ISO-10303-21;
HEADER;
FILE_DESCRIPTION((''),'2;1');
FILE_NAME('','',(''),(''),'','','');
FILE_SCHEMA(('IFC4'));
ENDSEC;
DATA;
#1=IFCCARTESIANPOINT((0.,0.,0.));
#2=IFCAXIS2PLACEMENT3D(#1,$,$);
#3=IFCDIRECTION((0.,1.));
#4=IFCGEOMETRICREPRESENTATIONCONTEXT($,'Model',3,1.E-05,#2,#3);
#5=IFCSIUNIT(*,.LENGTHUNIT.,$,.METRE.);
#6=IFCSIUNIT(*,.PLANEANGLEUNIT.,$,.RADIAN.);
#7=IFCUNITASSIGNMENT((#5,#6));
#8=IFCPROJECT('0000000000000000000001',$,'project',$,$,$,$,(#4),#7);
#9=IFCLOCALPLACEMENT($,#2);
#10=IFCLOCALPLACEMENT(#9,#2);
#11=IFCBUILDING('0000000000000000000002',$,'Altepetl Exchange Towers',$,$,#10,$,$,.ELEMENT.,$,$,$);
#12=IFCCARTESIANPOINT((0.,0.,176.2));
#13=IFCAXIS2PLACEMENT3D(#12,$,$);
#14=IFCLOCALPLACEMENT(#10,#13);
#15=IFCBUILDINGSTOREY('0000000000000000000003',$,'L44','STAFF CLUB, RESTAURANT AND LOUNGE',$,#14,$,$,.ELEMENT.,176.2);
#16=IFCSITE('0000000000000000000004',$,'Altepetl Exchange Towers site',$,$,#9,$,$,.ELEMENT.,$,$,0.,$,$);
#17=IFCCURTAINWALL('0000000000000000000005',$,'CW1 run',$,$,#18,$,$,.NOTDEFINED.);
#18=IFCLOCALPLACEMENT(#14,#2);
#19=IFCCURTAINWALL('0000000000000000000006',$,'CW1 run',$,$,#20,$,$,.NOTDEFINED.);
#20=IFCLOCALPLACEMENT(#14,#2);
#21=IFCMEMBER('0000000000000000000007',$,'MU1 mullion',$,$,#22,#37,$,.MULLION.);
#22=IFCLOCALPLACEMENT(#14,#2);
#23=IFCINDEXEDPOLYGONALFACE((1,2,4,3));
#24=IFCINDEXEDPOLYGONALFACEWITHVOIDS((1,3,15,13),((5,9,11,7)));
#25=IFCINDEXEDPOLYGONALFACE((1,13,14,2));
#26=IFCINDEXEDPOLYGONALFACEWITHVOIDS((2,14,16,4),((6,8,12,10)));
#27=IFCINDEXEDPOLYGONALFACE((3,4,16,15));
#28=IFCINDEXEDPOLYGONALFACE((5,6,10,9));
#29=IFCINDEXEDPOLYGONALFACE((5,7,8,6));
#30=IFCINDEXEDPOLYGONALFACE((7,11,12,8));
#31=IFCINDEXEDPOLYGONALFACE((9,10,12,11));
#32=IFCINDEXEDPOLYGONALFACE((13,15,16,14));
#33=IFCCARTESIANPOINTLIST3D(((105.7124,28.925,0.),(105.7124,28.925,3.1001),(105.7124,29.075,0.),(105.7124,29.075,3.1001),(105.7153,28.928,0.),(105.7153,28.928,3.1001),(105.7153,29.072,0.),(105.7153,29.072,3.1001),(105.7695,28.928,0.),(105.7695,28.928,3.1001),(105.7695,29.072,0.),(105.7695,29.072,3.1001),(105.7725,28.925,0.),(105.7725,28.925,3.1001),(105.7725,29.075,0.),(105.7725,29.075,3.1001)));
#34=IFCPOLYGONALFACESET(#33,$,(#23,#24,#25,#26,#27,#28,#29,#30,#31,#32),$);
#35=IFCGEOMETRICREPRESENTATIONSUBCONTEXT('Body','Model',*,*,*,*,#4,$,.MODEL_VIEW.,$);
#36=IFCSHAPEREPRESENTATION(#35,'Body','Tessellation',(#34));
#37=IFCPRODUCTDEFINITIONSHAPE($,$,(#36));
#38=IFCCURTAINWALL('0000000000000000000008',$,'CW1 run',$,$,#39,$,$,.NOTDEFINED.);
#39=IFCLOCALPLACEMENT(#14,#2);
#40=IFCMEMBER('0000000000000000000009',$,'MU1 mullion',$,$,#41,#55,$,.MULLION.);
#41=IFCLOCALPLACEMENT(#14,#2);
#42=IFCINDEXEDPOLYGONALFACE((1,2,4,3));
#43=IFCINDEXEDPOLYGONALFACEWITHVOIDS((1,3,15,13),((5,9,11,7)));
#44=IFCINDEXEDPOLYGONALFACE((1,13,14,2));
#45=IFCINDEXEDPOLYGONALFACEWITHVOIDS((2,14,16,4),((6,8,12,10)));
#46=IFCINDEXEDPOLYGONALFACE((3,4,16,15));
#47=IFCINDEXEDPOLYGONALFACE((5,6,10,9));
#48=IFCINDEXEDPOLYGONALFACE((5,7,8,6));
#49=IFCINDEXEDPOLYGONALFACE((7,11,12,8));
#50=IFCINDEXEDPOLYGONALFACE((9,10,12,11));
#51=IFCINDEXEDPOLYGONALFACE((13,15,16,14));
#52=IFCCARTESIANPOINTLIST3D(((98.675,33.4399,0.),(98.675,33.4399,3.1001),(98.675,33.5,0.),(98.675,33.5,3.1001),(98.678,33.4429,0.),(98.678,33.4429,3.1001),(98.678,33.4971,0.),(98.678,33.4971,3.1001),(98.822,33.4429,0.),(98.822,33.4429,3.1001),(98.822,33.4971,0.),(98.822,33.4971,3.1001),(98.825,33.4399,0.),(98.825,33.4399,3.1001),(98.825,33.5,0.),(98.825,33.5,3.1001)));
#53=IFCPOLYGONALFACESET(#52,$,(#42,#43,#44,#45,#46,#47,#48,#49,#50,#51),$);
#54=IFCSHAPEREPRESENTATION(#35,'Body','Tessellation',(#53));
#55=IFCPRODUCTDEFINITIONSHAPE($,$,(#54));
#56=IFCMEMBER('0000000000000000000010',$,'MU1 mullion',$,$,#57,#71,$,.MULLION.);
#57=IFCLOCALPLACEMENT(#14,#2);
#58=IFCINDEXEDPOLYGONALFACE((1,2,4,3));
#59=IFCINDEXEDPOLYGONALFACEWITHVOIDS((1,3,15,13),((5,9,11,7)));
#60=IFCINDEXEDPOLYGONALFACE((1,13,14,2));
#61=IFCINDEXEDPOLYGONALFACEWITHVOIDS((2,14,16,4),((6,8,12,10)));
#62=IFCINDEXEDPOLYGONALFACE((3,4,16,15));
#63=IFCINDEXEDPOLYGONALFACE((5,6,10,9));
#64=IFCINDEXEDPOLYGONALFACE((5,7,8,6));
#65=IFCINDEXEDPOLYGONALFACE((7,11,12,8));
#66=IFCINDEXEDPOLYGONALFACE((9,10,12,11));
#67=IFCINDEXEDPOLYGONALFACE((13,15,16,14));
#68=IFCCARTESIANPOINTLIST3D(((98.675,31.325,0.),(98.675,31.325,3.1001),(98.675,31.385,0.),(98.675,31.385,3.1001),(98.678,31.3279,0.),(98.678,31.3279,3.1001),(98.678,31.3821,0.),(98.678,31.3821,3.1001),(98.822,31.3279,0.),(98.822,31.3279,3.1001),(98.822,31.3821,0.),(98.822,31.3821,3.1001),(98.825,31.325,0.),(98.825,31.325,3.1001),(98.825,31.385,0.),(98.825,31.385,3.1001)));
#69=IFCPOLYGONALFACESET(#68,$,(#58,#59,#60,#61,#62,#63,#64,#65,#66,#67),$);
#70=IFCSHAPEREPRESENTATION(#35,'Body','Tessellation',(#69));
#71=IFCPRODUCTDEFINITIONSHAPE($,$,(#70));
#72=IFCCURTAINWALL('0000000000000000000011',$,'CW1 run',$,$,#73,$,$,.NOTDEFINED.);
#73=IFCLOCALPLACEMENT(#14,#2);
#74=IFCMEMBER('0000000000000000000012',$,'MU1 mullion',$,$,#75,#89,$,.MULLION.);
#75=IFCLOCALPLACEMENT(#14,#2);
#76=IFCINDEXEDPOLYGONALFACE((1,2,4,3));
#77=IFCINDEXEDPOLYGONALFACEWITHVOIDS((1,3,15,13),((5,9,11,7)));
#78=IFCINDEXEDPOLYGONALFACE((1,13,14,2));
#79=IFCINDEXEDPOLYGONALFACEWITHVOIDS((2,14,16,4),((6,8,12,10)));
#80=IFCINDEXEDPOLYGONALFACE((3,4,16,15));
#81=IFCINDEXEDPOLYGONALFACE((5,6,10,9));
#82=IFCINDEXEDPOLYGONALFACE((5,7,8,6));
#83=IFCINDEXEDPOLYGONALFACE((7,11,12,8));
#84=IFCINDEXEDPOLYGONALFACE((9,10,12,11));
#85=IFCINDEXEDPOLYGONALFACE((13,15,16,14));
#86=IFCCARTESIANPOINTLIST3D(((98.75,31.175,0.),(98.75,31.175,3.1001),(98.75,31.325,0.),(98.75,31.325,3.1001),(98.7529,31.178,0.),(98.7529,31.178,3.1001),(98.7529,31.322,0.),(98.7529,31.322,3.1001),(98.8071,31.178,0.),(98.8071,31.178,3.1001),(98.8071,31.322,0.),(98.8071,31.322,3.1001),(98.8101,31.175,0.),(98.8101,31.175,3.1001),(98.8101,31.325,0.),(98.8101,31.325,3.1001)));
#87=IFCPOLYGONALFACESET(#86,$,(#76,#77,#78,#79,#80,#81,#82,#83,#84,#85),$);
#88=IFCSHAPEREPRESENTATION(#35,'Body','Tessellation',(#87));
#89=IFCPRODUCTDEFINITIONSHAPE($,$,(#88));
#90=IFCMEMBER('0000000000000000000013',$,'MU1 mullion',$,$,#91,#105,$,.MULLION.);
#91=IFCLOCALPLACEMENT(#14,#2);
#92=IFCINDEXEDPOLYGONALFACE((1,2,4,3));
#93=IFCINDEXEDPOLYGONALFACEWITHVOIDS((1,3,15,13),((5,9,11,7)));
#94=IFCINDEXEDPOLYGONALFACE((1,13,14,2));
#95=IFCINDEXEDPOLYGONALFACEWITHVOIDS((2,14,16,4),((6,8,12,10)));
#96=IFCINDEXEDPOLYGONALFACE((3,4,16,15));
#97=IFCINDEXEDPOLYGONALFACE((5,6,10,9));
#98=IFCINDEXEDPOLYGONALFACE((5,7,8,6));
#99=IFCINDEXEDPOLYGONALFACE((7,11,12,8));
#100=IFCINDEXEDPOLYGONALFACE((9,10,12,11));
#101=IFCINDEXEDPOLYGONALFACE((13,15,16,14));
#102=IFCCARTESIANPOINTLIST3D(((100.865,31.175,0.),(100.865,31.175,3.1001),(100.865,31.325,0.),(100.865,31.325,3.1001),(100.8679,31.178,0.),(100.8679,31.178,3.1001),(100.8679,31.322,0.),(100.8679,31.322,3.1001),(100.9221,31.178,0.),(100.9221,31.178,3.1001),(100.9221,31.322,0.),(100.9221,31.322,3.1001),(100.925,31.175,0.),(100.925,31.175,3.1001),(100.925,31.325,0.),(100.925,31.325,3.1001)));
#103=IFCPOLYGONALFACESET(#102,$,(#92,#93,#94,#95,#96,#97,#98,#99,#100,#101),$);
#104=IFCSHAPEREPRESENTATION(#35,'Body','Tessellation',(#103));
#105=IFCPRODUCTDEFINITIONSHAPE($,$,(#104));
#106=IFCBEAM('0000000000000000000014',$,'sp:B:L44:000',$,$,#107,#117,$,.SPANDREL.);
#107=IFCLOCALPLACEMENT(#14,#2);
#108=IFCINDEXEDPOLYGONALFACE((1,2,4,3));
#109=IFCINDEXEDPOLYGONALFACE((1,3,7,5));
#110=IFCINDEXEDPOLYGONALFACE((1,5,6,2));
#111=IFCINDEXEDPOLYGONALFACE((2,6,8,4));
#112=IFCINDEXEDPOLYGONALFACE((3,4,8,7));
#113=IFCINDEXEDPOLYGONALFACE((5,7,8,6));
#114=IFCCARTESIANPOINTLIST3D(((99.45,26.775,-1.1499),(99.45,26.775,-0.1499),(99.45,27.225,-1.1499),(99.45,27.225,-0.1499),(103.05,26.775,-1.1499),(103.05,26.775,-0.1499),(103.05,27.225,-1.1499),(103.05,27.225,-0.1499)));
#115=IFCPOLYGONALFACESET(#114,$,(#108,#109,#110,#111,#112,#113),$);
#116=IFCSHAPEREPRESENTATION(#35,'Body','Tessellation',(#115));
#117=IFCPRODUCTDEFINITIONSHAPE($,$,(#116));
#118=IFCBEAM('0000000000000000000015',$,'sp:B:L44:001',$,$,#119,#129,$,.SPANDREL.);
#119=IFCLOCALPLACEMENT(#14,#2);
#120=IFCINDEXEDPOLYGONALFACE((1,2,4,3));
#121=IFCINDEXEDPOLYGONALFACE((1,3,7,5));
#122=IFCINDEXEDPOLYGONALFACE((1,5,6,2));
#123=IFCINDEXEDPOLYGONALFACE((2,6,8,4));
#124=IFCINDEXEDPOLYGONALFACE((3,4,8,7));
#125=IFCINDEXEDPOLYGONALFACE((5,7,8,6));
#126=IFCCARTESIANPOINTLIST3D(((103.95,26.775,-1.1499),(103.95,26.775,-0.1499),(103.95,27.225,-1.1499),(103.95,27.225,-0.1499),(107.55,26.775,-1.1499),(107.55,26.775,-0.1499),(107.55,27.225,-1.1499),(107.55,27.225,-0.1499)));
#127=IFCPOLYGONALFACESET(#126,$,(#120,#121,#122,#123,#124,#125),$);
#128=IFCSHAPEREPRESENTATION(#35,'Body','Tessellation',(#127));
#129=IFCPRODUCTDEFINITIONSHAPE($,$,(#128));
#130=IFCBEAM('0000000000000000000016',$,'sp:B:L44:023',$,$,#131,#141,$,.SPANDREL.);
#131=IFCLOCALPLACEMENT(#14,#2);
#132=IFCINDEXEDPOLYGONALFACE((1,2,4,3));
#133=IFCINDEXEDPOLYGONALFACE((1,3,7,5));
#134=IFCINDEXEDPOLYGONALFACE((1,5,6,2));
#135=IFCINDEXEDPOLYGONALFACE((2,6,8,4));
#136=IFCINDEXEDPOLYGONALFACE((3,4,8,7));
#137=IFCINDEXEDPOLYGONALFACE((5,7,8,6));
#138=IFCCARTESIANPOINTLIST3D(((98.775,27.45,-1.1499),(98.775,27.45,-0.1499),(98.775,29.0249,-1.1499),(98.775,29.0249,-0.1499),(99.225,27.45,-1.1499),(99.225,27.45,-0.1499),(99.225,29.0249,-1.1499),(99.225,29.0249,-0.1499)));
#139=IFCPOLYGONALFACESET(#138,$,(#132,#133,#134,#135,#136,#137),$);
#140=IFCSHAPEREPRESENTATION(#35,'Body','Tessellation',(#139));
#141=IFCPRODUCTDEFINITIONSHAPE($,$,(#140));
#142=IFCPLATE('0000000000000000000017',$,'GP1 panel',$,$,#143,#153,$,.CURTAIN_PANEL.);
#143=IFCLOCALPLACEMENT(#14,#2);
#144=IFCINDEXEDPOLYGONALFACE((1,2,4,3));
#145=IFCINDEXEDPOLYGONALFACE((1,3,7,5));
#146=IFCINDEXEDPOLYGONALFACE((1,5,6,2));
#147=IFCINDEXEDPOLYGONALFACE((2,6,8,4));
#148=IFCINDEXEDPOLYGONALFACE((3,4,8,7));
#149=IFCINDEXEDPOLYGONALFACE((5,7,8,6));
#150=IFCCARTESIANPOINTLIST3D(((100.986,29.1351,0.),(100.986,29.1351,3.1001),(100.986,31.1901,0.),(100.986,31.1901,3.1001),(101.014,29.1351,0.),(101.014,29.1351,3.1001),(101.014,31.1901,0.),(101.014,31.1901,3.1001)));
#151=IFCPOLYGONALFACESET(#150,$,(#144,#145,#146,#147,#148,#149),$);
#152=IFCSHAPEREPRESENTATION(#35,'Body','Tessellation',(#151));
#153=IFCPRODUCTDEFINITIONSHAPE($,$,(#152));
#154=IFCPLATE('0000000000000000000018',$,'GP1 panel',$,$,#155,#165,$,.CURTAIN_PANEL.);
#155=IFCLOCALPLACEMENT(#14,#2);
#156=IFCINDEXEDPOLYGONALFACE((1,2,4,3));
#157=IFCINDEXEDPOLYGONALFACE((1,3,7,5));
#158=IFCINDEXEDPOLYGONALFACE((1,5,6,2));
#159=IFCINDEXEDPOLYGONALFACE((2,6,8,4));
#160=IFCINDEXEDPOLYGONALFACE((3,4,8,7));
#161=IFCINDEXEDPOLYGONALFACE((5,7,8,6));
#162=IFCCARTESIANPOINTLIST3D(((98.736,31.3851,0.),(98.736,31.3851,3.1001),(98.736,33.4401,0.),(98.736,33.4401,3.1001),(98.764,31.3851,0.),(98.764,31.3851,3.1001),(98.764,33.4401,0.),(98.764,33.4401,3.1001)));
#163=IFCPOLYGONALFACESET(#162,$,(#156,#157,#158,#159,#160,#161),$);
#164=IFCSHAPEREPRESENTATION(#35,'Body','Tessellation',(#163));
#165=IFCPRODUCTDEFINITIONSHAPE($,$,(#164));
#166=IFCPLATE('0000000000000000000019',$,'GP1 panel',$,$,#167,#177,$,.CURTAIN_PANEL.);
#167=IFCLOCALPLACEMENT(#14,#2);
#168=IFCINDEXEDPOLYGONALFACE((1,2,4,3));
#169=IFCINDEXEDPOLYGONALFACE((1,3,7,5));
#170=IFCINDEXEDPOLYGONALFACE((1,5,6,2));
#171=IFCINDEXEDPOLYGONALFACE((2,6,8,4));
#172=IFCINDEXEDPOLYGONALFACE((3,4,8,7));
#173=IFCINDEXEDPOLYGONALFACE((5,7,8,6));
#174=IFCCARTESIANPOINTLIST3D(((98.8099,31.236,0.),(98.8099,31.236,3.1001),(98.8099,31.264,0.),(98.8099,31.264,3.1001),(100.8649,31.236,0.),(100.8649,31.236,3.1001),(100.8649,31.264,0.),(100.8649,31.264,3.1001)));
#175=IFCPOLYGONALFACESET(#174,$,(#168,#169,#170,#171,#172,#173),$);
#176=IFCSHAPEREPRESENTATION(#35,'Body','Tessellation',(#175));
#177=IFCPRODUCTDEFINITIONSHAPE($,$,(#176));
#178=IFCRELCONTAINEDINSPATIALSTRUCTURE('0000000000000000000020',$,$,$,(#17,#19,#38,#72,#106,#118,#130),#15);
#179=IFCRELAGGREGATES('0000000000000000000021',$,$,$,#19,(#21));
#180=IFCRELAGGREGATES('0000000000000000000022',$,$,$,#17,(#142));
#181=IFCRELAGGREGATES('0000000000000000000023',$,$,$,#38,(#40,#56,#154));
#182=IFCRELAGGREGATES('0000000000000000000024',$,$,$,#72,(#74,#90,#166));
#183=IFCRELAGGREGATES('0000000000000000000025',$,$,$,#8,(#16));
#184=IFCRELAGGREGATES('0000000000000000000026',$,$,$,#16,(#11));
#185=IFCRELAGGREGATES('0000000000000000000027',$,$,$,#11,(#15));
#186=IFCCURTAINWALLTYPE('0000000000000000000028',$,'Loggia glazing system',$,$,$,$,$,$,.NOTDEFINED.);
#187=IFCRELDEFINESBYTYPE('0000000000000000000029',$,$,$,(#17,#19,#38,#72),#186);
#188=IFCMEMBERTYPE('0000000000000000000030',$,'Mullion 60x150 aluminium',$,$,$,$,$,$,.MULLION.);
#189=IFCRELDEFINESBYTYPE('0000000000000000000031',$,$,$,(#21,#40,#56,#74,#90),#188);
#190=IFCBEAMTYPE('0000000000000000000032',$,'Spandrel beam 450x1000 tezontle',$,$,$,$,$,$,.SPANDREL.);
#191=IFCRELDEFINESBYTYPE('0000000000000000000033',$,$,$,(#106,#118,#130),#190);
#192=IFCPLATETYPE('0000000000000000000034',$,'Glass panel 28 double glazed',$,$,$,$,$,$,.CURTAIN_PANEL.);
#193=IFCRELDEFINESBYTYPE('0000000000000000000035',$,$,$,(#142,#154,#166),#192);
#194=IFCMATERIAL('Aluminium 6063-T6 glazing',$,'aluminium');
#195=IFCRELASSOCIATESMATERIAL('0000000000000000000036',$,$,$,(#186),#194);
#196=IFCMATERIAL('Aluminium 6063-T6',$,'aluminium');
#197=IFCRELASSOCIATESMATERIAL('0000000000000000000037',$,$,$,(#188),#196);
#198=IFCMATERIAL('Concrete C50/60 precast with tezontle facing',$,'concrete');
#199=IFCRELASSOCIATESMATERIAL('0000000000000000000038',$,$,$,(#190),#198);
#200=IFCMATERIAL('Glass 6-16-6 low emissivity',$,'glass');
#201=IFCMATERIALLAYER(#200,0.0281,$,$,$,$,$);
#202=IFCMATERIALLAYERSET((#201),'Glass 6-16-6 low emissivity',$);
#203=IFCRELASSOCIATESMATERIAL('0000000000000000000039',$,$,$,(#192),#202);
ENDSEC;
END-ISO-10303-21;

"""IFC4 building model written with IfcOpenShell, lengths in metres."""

from ifc_helpers import new_model, si_unit, direction, frame, origin, origin_2d, place, context, subcontext, project, spatial, rectangle, hollow_rectangle, extrude, material, layer, layer_set, material_profile, profile_set, type_object, element, aggregate, save


model = new_model("IFC4")

# Units and contexts
model_context = context("Model", 3, precision=1e-05, world=origin(), true_north=direction((0.0, 1.0)))
body_context = subcontext(model_context, "Body", "Model", "MODEL_VIEW")
ifc_project = project(units=[si_unit("LENGTHUNIT", "METRE"), si_unit("PLANEANGLEUNIT", "RADIAN")], contexts=[model_context])

# Site, building, storey
site_placement = place(None, origin())
site = spatial("IfcSite", under=ifc_project, at=site_placement, Name="Altepetl Exchange Towers site", CompositionType="ELEMENT", RefElevation=0.0)
building_placement = place(site_placement, origin())
building = spatial("IfcBuilding", under=site, at=building_placement, Name="Altepetl Exchange Towers", CompositionType="ELEMENT")
storey_placement = place(building_placement, frame((0.0, 0.0, 176.2)))
storey = spatial("IfcBuildingStorey", under=building, at=storey_placement, Name="L44", Description="STAFF CLUB, RESTAURANT AND LOUNGE", CompositionType="ELEMENT", Elevation=176.2)

# Curtain wall
ifc_material_1 = material(Name="Aluminium 6063-T6 glazing", Category="aluminium")
curtain_wall_type = type_object("IfcCurtainWallType", Name="Loggia glazing system", PredefinedType="NOTDEFINED", material=ifc_material_1)
curtain_wall_1_placement = place(storey_placement, origin())
curtain_wall_1 = element("IfcCurtainWall", 1, at=curtain_wall_1_placement, inside=storey, type_object=curtain_wall_type, Name="CW1 run", PredefinedType="NOTDEFINED")
ifc_material_2 = material(Name="Aluminium 6063-T6", Category="aluminium")
ifc_material_profile_1 = material_profile(ifc_material_2, hollow_rectangle(XDim=0.0601, YDim=0.1499, WallThickness=0.0029, at=origin_2d()), Name="Mullion 60x150 aluminium")
ifc_profile_set_1 = profile_set([ifc_material_profile_1], Name="Aluminium 6063-T6")
member_type = type_object("IfcMemberType", Name="Mullion 60x150 aluminium", PredefinedType="MULLION", material=ifc_profile_set_1)

# Curtain wall, member
curtain_wall_2_placement = place(storey_placement, origin())
curtain_wall_2 = element("IfcCurtainWall", 2, at=curtain_wall_2_placement, inside=storey, type_object=curtain_wall_type, Name="CW1 run", PredefinedType="NOTDEFINED")
member_1_placement = place(storey_placement, frame((105.7424, 29.0, 0.0)))
member_1 = element("IfcMember", 3, at=member_1_placement, type_object=member_type, Name="MU1 mullion", PredefinedType="MULLION", context=body_context, shape_type="SweptSolid", body=[
    extrude(hollow_rectangle(XDim=0.0601, YDim=0.1499, WallThickness=0.0029, at=origin_2d()), origin(), (0.0, 0.0, 1.0), 3.1001),
])
aggregate(curtain_wall_2, [member_1])

# Curtain walls, members
curtain_wall_3_placement = place(storey_placement, origin())
curtain_wall_3 = element("IfcCurtainWall", 4, at=curtain_wall_3_placement, inside=storey, type_object=curtain_wall_type, Name="CW1 run", PredefinedType="NOTDEFINED")
member_2_placement = place(storey_placement, frame((98.75, 33.47, 0.0), z_axis=(0.0, 0.0, 1.0), x_axis=(0.0, -1.0, 0.0)))
member_2 = element("IfcMember", 5, at=member_2_placement, type_object=member_type, Name="MU1 mullion", PredefinedType="MULLION", context=body_context, shape_type="SweptSolid", body=[
    extrude(hollow_rectangle(XDim=0.0601, YDim=0.1499, WallThickness=0.0029, at=origin_2d()), origin(), (0.0, 0.0, 1.0), 3.1001),
])
member_3_placement = place(storey_placement, frame((98.75, 31.355, 0.0), z_axis=(0.0, 0.0, 1.0), x_axis=(0.0, -1.0, 0.0)))
member_3 = element("IfcMember", 6, at=member_3_placement, type_object=member_type, Name="MU1 mullion", PredefinedType="MULLION", context=body_context, shape_type="SweptSolid", body=[
    extrude(hollow_rectangle(XDim=0.0601, YDim=0.1499, WallThickness=0.0029, at=origin_2d()), origin(), (0.0, 0.0, 1.0), 3.1001),
])
curtain_wall_4_placement = place(storey_placement, origin())
curtain_wall_4 = element("IfcCurtainWall", 7, at=curtain_wall_4_placement, inside=storey, type_object=curtain_wall_type, Name="CW1 run", PredefinedType="NOTDEFINED")
member_4_placement = place(storey_placement, frame((98.78, 31.25, 0.0)))
member_4 = element("IfcMember", 8, at=member_4_placement, type_object=member_type, Name="MU1 mullion", PredefinedType="MULLION", context=body_context, shape_type="SweptSolid", body=[
    extrude(hollow_rectangle(XDim=0.0601, YDim=0.1499, WallThickness=0.0029, at=origin_2d()), origin(), (0.0, 0.0, 1.0), 3.1001),
])
member_5_placement = place(storey_placement, frame((100.895, 31.25, 0.0)))
member_5 = element("IfcMember", 9, at=member_5_placement, type_object=member_type, Name="MU1 mullion", PredefinedType="MULLION", context=body_context, shape_type="SweptSolid", body=[
    extrude(hollow_rectangle(XDim=0.0601, YDim=0.1499, WallThickness=0.0029, at=origin_2d()), origin(), (0.0, 0.0, 1.0), 3.1001),
])

# Beams
ifc_material_3 = material(Name="Concrete C50/60 precast with tezontle facing", Category="concrete")
ifc_material_profile_2 = material_profile(ifc_material_3, rectangle(XDim=0.45, YDim=1.0, at=origin_2d()), Name="450 x 1000")
ifc_profile_set_2 = profile_set([ifc_material_profile_2], Name="Concrete C50/60 precast with tezontle facing")
beam_type_1 = type_object("IfcBeamType", Name="Spandrel beam 450x1000 tezontle", PredefinedType="SPANDREL", material=ifc_profile_set_2)
for number, where, z_axis, x_axis, name in (
    (10, (99.45, 27.0, -0.6499), (1.0, 0.0, 0.0), (0.0, 1.0, 0.0), "sp:B:L44:000"),
    (11, (103.95, 27.0, -0.6499), (1.0, 0.0, 0.0), (0.0, 1.0, 0.0), "sp:B:L44:001"),
):
    element("IfcBeam", number, at=place(storey_placement, frame(where, z_axis=z_axis, x_axis=x_axis)), inside=storey, type_object=beam_type_1, Name=name, PredefinedType="SPANDREL", context=body_context, shape_type="SweptSolid", body=[
        extrude(rectangle(XDim=0.45, YDim=1.0, at=origin_2d()), origin(), (0.0, 0.0, 1.0), 3.6001),
    ])
beam_1_placement = place(storey_placement, frame((99.0, 29.0249, -0.6499), z_axis=(0.0, -1.0, 0.0), x_axis=(1.0, 0.0, 0.0)))
element("IfcBeam", 12, at=beam_1_placement, inside=storey, type_object=beam_type_1, Name="sp:B:L44:023", PredefinedType="SPANDREL", context=body_context, shape_type="SweptSolid", body=[
    extrude(rectangle(XDim=0.45, YDim=1.0, at=origin_2d()), origin(), (0.0, 0.0, 1.0), 1.575),
])

# Plates
ifc_material_4 = material(Name="Glass 6-16-6 low emissivity", Category="glass")
ifc_layer_1 = layer(ifc_material_4, 0.0281)
ifc_layer_set_1 = layer_set([ifc_layer_1], Name="Glass 6-16-6 low emissivity")
plate_type = type_object("IfcPlateType", Name="Glass panel 28 double glazed", PredefinedType="CURTAIN_PANEL", material=ifc_layer_set_1)
plate_1_placement = place(storey_placement, frame((101.0, 30.1626, 0.0), z_axis=(0.0, 0.0, 1.0), x_axis=(0.0, -1.0, 0.0)))
plate_1 = element("IfcPlate", 13, at=plate_1_placement, type_object=plate_type, Name="GP1 panel", PredefinedType="CURTAIN_PANEL", context=body_context, shape_type="SweptSolid", body=[
    extrude(rectangle(XDim=2.0549, YDim=0.0281, at=origin_2d()), origin(), (0.0, 0.0, 1.0), 3.1001),
])
aggregate(curtain_wall_1, [plate_1])
plate_2_placement = place(storey_placement, frame((98.75, 32.4126, 0.0), z_axis=(0.0, 0.0, 1.0), x_axis=(0.0, -1.0, 0.0)))
plate_2 = element("IfcPlate", 14, at=plate_2_placement, type_object=plate_type, Name="GP1 panel", PredefinedType="CURTAIN_PANEL", context=body_context, shape_type="SweptSolid", body=[
    extrude(rectangle(XDim=2.0549, YDim=0.0281, at=origin_2d()), origin(), (0.0, 0.0, 1.0), 3.1001),
])
aggregate(curtain_wall_3, [member_2, member_3, plate_2])
plate_3_placement = place(storey_placement, frame((99.8374, 31.25, 0.0)))
plate_3 = element("IfcPlate", 15, at=plate_3_placement, type_object=plate_type, Name="GP1 panel", PredefinedType="CURTAIN_PANEL", context=body_context, shape_type="SweptSolid", body=[
    extrude(rectangle(XDim=2.0549, YDim=0.0281, at=origin_2d()), origin(), (0.0, 0.0, 1.0), 3.1001),
])
aggregate(curtain_wall_4, [member_4, member_5, plate_3])

save(model, "model.ifc")
